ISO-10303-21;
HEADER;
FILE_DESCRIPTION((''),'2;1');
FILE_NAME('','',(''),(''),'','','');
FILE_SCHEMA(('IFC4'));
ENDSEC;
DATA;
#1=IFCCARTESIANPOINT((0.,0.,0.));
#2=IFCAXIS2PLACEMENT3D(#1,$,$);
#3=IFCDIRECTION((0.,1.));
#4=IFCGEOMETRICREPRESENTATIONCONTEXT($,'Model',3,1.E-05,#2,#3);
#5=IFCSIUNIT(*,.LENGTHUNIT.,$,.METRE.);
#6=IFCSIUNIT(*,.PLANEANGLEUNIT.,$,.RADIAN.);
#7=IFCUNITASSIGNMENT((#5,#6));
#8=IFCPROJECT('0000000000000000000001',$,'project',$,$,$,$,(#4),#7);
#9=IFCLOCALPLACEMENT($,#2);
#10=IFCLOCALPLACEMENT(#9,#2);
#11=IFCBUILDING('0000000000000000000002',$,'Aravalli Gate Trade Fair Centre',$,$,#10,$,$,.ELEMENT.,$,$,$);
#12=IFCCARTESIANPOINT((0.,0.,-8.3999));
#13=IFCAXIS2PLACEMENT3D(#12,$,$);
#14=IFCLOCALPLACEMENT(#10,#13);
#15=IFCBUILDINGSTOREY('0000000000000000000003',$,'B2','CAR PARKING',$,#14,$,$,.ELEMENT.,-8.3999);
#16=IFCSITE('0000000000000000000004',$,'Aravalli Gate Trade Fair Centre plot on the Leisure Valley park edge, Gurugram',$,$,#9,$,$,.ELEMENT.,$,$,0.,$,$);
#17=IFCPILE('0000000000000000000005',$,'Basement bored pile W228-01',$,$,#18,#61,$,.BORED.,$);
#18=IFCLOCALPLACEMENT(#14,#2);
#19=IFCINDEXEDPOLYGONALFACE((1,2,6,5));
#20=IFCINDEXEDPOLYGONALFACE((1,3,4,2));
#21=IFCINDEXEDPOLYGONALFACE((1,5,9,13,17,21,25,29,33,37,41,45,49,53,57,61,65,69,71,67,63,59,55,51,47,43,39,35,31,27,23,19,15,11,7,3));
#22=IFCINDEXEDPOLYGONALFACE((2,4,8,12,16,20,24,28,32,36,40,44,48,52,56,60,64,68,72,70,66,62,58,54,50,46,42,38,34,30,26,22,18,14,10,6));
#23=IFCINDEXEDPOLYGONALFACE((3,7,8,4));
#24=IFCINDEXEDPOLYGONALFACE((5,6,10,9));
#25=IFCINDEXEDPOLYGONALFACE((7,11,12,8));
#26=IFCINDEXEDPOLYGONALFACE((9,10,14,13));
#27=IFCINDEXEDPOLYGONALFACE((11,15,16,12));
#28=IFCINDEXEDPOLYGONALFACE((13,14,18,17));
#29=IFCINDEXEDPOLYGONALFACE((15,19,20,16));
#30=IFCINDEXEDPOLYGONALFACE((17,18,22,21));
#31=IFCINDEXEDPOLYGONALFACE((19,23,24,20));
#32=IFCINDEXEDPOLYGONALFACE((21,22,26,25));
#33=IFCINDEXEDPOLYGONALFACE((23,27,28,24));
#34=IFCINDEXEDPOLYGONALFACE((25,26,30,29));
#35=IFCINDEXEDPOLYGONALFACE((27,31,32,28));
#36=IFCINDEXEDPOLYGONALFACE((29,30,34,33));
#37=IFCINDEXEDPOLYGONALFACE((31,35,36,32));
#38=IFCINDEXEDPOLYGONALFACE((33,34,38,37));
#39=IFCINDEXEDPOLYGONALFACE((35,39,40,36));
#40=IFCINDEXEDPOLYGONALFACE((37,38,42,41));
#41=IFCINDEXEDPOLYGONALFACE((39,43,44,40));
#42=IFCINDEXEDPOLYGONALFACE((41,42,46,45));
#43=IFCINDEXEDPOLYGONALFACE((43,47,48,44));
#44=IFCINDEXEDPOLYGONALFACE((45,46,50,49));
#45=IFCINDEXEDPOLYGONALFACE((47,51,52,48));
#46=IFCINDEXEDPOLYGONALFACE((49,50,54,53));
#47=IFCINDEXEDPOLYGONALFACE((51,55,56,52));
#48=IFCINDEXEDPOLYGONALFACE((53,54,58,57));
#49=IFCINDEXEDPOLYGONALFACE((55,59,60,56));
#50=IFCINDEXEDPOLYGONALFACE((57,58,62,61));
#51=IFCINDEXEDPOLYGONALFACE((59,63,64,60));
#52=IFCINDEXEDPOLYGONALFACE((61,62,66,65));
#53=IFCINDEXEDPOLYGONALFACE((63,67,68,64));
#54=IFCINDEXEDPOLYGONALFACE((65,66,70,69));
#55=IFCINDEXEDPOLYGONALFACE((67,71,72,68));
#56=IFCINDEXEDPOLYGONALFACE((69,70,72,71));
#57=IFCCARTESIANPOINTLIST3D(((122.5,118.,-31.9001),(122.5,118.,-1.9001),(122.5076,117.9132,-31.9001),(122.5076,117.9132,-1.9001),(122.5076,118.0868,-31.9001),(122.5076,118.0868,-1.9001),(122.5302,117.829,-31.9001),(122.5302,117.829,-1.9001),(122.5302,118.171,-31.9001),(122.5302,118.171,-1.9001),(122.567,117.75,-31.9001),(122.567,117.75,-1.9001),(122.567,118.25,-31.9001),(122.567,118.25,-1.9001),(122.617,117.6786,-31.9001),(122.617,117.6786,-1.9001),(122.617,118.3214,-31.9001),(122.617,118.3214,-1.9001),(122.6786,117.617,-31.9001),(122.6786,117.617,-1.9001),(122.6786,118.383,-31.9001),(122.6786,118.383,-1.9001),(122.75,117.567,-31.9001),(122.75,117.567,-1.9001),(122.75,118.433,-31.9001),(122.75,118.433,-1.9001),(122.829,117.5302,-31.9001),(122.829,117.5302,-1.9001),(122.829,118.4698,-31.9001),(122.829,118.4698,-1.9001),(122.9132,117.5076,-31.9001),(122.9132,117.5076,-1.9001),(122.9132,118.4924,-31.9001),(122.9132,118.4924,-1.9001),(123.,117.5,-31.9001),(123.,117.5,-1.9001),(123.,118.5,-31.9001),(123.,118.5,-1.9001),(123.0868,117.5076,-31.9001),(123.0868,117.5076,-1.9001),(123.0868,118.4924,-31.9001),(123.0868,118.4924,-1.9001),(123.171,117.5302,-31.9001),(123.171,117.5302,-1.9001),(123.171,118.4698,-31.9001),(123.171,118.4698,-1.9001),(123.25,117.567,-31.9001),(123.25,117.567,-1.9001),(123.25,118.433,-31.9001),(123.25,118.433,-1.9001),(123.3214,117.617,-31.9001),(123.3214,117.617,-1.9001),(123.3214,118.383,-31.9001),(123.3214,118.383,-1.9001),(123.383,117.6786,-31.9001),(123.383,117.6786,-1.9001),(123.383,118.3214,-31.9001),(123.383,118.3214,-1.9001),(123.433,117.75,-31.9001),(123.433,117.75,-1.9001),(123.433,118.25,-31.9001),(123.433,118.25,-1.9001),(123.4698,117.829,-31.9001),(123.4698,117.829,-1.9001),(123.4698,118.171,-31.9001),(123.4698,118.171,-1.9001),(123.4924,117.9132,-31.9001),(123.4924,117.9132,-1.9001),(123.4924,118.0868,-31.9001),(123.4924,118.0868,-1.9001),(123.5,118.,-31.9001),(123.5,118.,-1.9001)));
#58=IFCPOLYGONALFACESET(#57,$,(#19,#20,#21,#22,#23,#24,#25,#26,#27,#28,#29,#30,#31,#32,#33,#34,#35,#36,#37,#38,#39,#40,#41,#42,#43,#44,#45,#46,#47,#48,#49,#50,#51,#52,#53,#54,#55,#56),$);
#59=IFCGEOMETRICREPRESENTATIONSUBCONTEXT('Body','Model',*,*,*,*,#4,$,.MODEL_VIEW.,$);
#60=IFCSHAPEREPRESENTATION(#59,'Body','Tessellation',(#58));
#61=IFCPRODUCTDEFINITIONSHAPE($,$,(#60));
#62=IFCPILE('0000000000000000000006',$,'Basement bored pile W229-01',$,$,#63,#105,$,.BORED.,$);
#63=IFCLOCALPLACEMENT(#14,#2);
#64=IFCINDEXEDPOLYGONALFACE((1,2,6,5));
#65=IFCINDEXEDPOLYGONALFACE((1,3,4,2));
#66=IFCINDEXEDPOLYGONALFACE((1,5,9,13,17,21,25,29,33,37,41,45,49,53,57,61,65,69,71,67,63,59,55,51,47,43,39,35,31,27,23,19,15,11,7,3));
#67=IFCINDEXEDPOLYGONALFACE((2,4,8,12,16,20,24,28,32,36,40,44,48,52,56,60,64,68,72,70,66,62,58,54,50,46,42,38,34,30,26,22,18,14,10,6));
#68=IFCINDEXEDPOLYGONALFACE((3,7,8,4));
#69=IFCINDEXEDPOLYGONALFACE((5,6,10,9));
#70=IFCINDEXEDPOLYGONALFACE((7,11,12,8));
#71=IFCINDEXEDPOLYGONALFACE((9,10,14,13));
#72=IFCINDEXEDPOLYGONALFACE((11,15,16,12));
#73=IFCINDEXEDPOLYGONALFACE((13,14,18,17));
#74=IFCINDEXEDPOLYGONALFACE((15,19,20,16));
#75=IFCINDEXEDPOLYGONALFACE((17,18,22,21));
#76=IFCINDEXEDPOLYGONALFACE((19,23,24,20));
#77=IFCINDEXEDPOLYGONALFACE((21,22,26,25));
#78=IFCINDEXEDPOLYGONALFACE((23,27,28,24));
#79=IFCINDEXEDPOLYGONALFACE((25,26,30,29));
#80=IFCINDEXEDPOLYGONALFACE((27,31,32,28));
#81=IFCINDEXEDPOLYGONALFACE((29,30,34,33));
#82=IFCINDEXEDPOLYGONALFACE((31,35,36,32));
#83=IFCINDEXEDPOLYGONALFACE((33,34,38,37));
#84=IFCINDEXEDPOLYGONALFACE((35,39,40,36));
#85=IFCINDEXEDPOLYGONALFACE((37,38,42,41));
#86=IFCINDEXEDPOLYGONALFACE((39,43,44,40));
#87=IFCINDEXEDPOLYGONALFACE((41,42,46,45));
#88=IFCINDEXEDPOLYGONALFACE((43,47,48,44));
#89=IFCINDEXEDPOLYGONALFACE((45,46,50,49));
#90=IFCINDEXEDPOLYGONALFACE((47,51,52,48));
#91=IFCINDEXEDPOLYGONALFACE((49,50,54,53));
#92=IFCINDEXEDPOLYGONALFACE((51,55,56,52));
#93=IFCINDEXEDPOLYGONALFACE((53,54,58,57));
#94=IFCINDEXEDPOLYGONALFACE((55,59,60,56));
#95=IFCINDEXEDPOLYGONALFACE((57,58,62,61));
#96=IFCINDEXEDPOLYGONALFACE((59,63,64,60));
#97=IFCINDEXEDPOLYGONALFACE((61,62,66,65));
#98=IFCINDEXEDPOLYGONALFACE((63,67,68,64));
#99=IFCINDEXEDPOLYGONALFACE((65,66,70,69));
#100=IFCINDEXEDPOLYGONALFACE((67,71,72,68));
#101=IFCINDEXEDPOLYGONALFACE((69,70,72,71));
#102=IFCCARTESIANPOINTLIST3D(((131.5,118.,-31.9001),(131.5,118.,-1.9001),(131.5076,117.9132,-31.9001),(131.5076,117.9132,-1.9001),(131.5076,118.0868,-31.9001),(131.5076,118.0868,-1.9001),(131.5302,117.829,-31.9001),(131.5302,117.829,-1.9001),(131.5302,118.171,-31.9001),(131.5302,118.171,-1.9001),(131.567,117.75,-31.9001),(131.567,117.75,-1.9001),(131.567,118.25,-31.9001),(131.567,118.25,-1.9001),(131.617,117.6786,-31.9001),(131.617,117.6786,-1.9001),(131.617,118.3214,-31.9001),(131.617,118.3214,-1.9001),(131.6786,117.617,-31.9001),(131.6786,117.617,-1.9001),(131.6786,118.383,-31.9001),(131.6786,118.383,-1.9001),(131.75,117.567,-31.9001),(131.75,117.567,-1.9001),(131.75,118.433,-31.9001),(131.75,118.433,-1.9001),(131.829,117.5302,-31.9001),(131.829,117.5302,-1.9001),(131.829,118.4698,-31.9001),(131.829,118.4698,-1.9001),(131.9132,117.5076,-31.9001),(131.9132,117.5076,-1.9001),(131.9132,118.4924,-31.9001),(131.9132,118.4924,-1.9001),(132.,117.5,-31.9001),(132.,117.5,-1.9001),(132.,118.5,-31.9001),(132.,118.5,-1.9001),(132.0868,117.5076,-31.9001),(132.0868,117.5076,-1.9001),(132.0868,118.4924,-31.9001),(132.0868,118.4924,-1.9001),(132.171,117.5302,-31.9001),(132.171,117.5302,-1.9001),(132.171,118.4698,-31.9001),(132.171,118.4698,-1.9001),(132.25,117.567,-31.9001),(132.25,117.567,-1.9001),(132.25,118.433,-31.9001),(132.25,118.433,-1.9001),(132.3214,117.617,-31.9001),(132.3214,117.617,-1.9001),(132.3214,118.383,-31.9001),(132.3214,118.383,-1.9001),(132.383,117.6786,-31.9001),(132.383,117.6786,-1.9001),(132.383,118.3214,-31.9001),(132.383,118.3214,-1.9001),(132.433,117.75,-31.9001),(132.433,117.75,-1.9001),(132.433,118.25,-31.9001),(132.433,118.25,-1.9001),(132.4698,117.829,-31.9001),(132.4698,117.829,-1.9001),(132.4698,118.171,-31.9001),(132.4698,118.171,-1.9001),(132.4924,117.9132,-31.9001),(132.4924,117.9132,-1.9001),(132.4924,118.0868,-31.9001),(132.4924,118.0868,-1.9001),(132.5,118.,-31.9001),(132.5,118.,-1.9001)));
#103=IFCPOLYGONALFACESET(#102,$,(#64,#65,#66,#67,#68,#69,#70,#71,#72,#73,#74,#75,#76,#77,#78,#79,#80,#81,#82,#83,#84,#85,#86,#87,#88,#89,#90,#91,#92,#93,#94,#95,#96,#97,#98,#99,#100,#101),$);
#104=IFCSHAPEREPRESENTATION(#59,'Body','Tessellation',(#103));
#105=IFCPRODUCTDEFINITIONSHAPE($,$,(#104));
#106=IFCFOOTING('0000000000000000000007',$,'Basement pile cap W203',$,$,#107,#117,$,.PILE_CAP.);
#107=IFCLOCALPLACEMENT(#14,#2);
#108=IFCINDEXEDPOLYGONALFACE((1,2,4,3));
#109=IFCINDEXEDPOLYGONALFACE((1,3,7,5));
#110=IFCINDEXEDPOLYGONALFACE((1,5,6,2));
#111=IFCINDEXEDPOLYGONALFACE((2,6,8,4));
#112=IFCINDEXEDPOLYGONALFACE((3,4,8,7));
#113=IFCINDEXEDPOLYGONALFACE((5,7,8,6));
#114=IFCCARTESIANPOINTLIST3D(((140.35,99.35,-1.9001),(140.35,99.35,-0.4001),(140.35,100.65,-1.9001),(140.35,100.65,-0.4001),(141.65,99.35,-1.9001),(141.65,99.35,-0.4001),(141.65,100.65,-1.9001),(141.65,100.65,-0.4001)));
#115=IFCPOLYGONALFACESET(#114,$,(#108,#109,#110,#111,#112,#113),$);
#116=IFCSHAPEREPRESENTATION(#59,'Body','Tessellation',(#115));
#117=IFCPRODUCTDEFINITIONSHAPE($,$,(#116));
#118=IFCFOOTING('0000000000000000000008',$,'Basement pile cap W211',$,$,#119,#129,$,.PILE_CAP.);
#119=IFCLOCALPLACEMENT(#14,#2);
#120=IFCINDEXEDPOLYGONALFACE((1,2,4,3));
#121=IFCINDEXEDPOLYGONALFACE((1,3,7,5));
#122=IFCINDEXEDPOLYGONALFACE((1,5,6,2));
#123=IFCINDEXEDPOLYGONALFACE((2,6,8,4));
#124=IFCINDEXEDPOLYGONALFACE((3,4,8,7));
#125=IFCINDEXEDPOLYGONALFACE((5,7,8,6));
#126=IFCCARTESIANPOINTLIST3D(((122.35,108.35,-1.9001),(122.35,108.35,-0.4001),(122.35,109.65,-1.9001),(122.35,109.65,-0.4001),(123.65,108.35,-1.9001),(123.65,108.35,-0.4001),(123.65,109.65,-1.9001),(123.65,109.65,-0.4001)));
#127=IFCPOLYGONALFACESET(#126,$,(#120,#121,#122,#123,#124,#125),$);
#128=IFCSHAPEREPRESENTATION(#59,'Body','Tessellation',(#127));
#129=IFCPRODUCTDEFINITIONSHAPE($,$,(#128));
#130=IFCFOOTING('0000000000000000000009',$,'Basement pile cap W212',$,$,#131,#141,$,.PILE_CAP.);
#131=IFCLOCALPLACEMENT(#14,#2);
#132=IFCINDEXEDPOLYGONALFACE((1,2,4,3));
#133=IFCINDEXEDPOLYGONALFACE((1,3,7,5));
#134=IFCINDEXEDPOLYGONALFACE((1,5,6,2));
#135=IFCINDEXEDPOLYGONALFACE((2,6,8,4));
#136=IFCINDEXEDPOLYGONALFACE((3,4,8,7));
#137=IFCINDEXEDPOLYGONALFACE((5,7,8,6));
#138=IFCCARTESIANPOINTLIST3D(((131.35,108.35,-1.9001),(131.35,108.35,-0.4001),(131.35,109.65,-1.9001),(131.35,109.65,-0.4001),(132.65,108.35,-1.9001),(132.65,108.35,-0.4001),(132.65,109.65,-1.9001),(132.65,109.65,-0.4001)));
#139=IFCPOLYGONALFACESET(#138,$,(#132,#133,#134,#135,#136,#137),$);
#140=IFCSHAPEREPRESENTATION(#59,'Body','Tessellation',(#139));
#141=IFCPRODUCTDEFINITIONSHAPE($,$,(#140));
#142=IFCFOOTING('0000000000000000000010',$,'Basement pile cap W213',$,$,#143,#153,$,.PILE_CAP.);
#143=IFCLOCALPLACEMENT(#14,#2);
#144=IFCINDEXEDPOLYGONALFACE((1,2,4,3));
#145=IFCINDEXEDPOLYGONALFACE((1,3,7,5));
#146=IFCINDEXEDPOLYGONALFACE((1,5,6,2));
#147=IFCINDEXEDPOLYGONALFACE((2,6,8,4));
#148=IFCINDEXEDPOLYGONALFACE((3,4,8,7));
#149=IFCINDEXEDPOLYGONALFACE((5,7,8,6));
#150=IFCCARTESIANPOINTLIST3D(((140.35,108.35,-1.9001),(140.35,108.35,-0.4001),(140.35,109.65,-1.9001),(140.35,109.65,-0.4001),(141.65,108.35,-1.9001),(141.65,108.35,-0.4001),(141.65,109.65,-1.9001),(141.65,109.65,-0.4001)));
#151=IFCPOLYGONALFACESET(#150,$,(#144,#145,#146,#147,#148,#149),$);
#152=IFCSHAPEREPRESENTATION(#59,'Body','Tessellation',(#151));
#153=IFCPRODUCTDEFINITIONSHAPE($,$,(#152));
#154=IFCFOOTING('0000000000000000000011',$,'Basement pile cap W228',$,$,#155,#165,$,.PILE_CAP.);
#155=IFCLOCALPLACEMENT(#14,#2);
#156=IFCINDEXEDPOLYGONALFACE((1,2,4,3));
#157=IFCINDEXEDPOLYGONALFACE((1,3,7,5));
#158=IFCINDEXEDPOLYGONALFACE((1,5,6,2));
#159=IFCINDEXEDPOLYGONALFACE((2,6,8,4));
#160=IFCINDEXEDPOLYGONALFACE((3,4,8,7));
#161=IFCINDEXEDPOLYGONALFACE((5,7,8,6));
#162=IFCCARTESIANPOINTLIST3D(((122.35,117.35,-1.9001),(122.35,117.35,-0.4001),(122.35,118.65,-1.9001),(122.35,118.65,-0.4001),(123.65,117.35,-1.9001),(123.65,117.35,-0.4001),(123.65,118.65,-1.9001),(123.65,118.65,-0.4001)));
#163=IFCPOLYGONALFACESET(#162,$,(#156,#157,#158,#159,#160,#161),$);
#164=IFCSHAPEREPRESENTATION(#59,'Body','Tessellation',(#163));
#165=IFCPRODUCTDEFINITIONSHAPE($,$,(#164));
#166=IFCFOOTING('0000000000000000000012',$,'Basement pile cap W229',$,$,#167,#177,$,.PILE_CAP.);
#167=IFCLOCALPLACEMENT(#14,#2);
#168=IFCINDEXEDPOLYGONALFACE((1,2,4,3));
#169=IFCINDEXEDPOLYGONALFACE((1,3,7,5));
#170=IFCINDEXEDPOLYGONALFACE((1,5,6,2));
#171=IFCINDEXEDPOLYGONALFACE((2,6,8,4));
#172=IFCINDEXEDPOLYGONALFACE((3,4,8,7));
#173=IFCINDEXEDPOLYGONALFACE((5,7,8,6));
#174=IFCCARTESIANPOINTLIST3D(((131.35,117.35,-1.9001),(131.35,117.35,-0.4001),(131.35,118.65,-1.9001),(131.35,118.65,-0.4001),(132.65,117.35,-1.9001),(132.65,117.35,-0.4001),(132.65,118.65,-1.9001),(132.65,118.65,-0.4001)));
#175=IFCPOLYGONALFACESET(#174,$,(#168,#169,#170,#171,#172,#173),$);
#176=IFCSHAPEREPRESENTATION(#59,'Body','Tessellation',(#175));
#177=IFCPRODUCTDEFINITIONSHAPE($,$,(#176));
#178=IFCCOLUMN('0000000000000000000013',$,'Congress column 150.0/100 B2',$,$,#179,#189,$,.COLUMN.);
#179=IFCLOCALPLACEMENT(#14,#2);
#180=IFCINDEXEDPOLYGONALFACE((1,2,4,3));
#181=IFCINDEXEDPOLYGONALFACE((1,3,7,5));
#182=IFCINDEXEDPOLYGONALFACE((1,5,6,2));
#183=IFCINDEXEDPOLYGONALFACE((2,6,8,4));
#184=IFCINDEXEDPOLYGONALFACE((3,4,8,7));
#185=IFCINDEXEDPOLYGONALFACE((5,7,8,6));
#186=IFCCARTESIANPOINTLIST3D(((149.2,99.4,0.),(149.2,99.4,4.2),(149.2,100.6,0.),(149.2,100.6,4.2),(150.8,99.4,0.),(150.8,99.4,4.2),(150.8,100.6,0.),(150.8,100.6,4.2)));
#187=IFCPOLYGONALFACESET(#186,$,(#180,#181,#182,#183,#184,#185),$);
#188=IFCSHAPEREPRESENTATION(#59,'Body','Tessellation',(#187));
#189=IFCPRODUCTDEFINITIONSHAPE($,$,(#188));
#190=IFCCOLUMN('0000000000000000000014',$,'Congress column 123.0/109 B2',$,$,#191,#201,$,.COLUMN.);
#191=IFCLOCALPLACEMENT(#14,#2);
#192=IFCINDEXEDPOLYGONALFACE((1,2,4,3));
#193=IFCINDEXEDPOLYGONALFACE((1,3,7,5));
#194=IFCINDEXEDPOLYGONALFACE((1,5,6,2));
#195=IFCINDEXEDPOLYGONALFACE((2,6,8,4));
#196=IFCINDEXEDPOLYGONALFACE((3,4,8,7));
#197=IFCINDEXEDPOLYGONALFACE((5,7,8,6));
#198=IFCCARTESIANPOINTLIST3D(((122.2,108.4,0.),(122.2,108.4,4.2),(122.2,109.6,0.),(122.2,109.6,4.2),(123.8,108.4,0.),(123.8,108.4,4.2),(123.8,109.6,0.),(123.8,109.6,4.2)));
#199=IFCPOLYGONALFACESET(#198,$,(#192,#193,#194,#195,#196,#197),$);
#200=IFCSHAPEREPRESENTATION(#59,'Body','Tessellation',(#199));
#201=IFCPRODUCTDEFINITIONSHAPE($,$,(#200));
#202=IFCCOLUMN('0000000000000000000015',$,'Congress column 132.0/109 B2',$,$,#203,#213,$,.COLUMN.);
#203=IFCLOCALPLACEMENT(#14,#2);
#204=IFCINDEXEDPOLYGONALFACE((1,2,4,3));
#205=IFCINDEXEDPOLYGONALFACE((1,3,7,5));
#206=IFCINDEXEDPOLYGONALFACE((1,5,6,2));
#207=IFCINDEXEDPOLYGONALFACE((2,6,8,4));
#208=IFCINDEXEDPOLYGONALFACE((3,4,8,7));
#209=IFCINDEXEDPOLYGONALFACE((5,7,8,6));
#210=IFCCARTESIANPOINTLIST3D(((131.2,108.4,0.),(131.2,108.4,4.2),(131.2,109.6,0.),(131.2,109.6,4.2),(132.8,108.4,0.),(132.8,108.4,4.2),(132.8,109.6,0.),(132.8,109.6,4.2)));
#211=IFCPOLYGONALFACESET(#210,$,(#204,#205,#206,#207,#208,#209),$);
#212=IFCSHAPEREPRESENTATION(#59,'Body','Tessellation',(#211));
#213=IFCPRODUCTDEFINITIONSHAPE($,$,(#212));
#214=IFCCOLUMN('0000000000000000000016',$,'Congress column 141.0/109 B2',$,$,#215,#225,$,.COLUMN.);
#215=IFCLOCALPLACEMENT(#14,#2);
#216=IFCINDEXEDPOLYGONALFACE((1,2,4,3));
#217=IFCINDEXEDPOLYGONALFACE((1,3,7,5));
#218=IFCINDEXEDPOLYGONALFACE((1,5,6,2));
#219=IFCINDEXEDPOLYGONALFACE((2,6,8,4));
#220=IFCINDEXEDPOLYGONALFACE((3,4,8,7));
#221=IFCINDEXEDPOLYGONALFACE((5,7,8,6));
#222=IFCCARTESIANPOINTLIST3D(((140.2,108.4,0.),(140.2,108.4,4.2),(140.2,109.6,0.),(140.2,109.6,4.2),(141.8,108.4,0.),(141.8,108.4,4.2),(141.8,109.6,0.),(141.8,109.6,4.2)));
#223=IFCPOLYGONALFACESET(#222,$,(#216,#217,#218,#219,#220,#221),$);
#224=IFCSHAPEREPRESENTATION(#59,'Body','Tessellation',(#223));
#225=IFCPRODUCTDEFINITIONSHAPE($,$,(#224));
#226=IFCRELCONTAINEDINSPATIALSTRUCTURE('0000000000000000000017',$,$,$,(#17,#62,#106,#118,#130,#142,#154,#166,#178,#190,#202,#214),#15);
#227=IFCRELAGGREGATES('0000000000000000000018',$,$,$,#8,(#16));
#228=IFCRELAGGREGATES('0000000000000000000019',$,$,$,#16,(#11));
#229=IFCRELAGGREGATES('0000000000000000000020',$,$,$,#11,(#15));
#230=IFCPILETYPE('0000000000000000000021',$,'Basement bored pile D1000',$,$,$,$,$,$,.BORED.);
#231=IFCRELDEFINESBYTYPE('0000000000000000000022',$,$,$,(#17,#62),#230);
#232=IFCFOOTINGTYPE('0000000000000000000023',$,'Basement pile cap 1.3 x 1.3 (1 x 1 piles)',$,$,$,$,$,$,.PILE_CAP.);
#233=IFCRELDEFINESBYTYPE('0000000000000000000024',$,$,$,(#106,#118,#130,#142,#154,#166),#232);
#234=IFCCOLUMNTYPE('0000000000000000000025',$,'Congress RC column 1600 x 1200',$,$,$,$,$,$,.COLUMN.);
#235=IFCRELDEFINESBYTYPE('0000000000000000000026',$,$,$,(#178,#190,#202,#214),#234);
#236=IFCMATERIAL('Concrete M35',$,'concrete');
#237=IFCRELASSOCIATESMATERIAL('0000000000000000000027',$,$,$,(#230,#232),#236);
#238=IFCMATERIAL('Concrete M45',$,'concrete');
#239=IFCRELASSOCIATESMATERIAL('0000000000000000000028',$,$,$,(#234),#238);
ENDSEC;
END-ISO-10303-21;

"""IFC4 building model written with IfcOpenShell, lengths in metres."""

from ifc_helpers import new_model, si_unit, direction, frame, origin, origin_2d, place, context, subcontext, project, spatial, rectangle, circle, extrude, material, material_profile, profile_set, type_object, element, save


model = new_model("IFC4")

# Units and contexts
model_context = context("Model", 3, precision=1e-05, world=origin(), true_north=direction((0.0, 1.0)))
body_context = subcontext(model_context, "Body", "Model", "MODEL_VIEW")
ifc_project = project(units=[si_unit("LENGTHUNIT", "METRE"), si_unit("PLANEANGLEUNIT", "RADIAN")], contexts=[model_context])

# Site, building, storey
site_placement = place(None, origin())
site = spatial("IfcSite", under=ifc_project, at=site_placement, Name="Aravalli Gate Trade Fair Centre plot on the Leisure Valley park edge, Gurugram", CompositionType="ELEMENT", RefElevation=0.0)
building_placement = place(site_placement, origin())
building = spatial("IfcBuilding", under=site, at=building_placement, Name="Aravalli Gate Trade Fair Centre", CompositionType="ELEMENT")
storey_placement = place(building_placement, frame((0.0, 0.0, -8.3999)))
storey = spatial("IfcBuildingStorey", under=building, at=storey_placement, Name="B2", Description="CAR PARKING", CompositionType="ELEMENT", Elevation=-8.3999)

# Piles
ifc_material_1 = material(Name="Concrete M35", Category="concrete")
ifc_material_profile_1 = material_profile(ifc_material_1, circle(Radius=0.5, at=origin_2d()), Name="D1000")
ifc_profile_set_1 = profile_set([ifc_material_profile_1], Name="Concrete M35")
pile_type = type_object("IfcPileType", Name="Basement bored pile D1000", PredefinedType="BORED", material=ifc_profile_set_1)
for number, where, z_axis, x_axis, name in (
    (1, (123.0, 118.0, -1.9001), (0.0, 0.0, -1.0), (1.0, 0.0, 0.0), "Basement bored pile W228-01"),
    (2, (132.0, 118.0, -1.9001), (0.0, 0.0, -1.0), (1.0, 0.0, 0.0), "Basement bored pile W229-01"),
):
    element("IfcPile", number, at=place(storey_placement, frame(where, z_axis=z_axis, x_axis=x_axis)), inside=storey, type_object=pile_type, Name=name, PredefinedType="BORED", context=body_context, shape_type="SweptSolid", body=[
        extrude(circle(Radius=0.5, at=origin_2d()), origin(), (0.0, 0.0, 1.0), 30.0),
    ])

# Footings
footing_type = type_object("IfcFootingType", Name="Basement pile cap 1.3 x 1.3 (1 x 1 piles)", PredefinedType="PILE_CAP", material=ifc_material_1)
for number, where, z_axis, x_axis, name in (
    (3, (141.0, 100.0, -1.9001), (0.0, 0.0, 1.0), (1.0, 0.0, 0.0), "Basement pile cap W203"),
    (4, (123.0, 109.0, -1.9001), (0.0, 0.0, 1.0), (1.0, 0.0, 0.0), "Basement pile cap W211"),
    (5, (132.0, 109.0, -1.9001), (0.0, 0.0, 1.0), (1.0, 0.0, 0.0), "Basement pile cap W212"),
    (6, (141.0, 109.0, -1.9001), (0.0, 0.0, 1.0), (1.0, 0.0, 0.0), "Basement pile cap W213"),
    (7, (123.0, 118.0, -1.9001), (0.0, 0.0, 1.0), (1.0, 0.0, 0.0), "Basement pile cap W228"),
    (8, (132.0, 118.0, -1.9001), (0.0, 0.0, 1.0), (1.0, 0.0, 0.0), "Basement pile cap W229"),
):
    element("IfcFooting", number, at=place(storey_placement, frame(where, z_axis=z_axis, x_axis=x_axis)), inside=storey, type_object=footing_type, Name=name, PredefinedType="PILE_CAP", context=body_context, shape_type="SweptSolid", body=[
        extrude(rectangle(XDim=1.3, YDim=1.3, at=origin_2d()), origin(), (0.0, 0.0, 1.0), 1.5),
    ])

# Columns
ifc_material_2 = material(Name="Concrete M45", Category="concrete")
ifc_material_profile_2 = material_profile(ifc_material_2, rectangle(XDim=1.6001, YDim=1.2, at=origin_2d()), Name="RC 1600x1200")
ifc_profile_set_2 = profile_set([ifc_material_profile_2], Name="Concrete M45")
column_type_1 = type_object("IfcColumnType", Name="Congress RC column 1600 x 1200", PredefinedType="COLUMN", material=ifc_profile_set_2)
for number, where, z_axis, x_axis, name in (
    (9, (150.0, 100.0, 0.0), (0.0, 0.0, 1.0), (1.0, 0.0, 0.0), "Congress column 150.0/100 B2"),
    (10, (123.0, 109.0, 0.0), (0.0, 0.0, 1.0), (1.0, 0.0, 0.0), "Congress column 123.0/109 B2"),
    (11, (132.0, 109.0, 0.0), (0.0, 0.0, 1.0), (1.0, 0.0, 0.0), "Congress column 132.0/109 B2"),
    (12, (141.0, 109.0, 0.0), (0.0, 0.0, 1.0), (1.0, 0.0, 0.0), "Congress column 141.0/109 B2"),
):
    element("IfcColumn", number, at=place(storey_placement, frame(where, z_axis=z_axis, x_axis=x_axis)), inside=storey, type_object=column_type_1, Name=name, PredefinedType="COLUMN", context=body_context, shape_type="SweptSolid", body=[
        extrude(rectangle(XDim=1.6001, YDim=1.2, at=origin_2d()), origin(), (0.0, 0.0, 1.0), 4.2),
    ])

save(model, "model.ifc")
